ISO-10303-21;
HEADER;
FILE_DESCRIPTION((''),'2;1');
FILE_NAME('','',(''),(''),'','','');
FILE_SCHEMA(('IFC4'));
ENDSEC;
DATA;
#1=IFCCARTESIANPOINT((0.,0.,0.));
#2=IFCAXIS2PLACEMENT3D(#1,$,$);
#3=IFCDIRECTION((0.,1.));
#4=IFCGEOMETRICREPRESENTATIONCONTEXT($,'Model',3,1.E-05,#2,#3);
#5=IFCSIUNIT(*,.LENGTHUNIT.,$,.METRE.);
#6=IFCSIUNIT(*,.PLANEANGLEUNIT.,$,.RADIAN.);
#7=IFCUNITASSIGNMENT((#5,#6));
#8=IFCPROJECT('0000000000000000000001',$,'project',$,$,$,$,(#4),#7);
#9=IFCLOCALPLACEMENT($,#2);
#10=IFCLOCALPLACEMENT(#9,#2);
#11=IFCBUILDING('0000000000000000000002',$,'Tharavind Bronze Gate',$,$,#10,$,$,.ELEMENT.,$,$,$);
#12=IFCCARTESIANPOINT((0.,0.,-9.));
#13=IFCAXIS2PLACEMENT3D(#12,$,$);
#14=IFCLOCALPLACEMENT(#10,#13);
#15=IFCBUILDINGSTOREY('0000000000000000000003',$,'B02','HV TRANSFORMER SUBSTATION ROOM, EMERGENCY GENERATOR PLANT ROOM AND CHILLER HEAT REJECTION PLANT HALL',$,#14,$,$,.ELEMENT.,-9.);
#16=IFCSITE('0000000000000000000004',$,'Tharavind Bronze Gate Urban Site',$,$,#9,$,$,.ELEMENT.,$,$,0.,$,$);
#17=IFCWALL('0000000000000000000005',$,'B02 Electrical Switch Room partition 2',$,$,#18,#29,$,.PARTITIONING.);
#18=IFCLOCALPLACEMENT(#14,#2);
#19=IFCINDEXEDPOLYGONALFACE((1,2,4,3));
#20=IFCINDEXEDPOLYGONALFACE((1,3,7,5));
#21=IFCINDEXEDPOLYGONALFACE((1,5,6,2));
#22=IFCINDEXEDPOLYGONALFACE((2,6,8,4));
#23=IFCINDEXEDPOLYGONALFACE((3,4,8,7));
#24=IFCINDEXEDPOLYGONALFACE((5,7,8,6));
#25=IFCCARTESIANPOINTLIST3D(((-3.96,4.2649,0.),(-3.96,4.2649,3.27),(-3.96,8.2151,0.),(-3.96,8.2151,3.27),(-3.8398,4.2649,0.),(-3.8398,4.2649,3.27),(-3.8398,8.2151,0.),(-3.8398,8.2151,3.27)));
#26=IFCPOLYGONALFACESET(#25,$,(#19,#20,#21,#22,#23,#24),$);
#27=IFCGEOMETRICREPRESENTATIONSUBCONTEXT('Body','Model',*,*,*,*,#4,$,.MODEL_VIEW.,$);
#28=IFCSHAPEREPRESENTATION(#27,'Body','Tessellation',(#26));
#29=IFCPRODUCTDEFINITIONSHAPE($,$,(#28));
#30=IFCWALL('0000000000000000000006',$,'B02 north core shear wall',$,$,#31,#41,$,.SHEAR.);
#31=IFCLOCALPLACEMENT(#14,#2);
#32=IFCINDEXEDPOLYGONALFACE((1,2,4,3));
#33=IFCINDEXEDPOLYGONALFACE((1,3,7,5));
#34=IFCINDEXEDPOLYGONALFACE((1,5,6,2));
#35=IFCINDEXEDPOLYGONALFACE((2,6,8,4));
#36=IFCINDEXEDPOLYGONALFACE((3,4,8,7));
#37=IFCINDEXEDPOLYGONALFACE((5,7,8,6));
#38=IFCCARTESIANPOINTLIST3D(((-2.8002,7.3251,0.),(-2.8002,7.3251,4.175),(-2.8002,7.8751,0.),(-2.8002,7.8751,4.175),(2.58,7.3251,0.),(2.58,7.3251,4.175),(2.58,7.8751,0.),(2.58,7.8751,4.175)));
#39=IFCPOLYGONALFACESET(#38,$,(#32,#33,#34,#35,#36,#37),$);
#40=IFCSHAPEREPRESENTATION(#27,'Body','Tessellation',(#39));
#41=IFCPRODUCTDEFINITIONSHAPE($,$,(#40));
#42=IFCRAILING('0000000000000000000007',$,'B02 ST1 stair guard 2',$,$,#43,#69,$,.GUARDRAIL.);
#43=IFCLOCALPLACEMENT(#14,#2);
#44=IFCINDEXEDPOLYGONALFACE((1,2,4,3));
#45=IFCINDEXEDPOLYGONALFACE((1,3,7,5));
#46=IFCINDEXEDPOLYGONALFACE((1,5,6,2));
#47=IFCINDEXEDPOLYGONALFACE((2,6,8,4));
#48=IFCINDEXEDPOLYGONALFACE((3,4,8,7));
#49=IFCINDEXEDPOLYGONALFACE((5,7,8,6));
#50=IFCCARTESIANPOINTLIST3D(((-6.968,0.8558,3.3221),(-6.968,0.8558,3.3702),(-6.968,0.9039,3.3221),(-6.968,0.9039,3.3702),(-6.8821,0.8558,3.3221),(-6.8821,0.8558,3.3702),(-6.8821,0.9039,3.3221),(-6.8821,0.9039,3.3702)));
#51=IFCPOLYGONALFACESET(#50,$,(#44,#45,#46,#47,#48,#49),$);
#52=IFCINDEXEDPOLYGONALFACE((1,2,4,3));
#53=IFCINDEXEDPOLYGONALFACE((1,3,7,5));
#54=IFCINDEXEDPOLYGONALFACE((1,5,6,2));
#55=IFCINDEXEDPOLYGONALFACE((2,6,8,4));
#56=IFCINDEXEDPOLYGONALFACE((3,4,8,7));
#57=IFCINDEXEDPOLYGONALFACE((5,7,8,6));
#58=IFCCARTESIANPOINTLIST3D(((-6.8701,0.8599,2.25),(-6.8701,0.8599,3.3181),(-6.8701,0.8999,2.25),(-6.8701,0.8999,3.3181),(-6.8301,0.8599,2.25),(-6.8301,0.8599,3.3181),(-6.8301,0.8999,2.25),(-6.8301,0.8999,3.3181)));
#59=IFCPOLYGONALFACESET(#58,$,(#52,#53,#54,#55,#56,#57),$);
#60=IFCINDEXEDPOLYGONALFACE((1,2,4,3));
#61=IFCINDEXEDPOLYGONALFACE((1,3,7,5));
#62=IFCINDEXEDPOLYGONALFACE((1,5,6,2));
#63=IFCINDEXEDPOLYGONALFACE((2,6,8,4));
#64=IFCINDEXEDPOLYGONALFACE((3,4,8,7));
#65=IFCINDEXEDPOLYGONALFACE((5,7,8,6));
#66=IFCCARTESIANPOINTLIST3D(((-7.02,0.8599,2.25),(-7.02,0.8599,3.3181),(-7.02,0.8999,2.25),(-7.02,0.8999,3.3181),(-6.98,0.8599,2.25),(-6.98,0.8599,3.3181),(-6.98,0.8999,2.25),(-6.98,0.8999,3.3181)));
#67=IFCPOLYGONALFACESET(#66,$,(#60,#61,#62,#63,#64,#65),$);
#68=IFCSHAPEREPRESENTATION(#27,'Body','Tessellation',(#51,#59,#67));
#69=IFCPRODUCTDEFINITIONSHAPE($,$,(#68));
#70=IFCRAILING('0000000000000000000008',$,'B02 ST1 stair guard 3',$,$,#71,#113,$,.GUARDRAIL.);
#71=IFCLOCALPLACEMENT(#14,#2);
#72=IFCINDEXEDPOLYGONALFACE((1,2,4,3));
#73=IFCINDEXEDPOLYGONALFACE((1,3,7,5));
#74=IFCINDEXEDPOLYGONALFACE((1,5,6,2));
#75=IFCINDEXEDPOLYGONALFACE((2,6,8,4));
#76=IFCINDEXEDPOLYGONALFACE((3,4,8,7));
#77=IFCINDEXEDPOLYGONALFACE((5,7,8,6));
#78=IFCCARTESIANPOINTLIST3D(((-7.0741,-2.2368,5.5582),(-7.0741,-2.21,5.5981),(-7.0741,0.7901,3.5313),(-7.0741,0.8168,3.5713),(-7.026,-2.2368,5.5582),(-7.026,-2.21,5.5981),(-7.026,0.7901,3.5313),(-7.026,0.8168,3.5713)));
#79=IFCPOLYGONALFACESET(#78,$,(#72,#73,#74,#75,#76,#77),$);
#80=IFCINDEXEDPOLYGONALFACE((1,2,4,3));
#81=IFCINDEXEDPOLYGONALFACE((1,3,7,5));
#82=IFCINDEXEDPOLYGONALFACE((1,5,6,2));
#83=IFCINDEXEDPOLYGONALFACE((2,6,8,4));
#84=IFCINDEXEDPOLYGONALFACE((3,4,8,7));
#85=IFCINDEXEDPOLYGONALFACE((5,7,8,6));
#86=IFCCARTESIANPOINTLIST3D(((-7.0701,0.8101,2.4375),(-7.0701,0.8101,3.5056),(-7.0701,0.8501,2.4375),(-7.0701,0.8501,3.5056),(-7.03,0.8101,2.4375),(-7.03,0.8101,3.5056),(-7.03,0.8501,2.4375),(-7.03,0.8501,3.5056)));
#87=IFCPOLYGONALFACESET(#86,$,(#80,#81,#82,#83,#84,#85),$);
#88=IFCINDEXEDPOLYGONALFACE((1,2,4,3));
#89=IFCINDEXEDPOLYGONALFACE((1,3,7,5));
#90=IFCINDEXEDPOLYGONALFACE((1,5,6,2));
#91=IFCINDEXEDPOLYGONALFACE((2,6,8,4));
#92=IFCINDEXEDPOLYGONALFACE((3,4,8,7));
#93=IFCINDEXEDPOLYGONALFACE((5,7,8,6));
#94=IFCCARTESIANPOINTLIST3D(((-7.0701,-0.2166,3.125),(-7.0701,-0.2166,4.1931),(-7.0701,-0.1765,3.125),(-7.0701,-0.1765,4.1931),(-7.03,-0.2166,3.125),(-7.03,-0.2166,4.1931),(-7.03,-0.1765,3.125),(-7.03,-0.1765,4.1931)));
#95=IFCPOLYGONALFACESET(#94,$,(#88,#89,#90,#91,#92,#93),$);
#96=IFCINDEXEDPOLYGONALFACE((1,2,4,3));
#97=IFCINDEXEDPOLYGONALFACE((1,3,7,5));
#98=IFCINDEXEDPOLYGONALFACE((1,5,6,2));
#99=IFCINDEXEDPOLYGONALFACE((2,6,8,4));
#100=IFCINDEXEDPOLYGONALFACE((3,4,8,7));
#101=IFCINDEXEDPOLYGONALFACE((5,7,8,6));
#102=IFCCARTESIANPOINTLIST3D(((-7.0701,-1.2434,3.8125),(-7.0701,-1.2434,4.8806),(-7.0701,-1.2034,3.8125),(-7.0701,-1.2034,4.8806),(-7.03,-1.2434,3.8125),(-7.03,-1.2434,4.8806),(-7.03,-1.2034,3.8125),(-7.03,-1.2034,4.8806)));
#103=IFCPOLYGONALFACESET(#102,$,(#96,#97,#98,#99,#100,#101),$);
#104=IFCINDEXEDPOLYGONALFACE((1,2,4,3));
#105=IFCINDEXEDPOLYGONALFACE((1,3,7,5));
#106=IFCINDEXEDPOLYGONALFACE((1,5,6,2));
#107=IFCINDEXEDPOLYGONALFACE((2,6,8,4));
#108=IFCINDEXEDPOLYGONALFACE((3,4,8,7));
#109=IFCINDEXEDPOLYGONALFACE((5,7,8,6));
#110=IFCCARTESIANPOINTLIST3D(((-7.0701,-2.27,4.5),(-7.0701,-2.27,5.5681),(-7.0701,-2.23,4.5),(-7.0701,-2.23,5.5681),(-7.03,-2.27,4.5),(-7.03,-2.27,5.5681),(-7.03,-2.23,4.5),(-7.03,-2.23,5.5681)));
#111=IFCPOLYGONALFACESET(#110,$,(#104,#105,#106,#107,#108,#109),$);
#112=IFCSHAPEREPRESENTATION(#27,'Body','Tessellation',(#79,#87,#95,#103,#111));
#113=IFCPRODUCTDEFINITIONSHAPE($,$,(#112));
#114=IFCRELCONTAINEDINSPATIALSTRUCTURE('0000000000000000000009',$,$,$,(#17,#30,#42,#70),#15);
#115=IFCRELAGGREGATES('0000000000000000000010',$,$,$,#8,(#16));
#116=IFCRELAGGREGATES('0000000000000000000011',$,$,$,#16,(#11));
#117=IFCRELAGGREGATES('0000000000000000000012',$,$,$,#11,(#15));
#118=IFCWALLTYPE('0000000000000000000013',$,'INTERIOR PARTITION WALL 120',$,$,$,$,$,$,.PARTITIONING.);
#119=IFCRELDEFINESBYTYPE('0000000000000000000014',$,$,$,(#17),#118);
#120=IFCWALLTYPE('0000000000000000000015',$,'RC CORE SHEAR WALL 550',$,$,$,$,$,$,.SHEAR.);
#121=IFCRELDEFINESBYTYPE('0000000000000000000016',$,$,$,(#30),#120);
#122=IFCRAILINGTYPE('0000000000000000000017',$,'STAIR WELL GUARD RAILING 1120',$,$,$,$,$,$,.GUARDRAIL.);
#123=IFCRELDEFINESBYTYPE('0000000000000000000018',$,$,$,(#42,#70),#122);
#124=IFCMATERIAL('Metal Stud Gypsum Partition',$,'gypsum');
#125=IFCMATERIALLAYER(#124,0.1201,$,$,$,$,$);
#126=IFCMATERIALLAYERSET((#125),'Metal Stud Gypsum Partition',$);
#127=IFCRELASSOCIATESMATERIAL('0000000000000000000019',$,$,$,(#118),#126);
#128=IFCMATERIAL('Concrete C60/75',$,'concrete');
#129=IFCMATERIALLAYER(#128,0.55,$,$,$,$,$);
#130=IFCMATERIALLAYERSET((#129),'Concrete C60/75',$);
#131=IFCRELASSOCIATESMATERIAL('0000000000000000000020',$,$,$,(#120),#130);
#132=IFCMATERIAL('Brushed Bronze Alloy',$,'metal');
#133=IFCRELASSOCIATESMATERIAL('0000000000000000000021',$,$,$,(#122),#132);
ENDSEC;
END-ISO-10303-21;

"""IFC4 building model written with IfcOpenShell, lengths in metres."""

from ifc_helpers import new_model, si_unit, direction, frame, frame_2d, origin, origin_2d, place, context, subcontext, project, spatial, rectangle, extrude, material, layer, layer_set, type_object, element, save


model = new_model("IFC4")

# Units and contexts
model_context = context("Model", 3, precision=1e-05, world=origin(), true_north=direction((0.0, 1.0)))
body_context = subcontext(model_context, "Body", "Model", "MODEL_VIEW")
ifc_project = project(units=[si_unit("LENGTHUNIT", "METRE"), si_unit("PLANEANGLEUNIT", "RADIAN")], contexts=[model_context])

# Site, building, storey
site_placement = place(None, origin())
site = spatial("IfcSite", under=ifc_project, at=site_placement, Name="Tharavind Bronze Gate Urban Site", CompositionType="ELEMENT", RefElevation=0.0)
building_placement = place(site_placement, origin())
building = spatial("IfcBuilding", under=site, at=building_placement, Name="Tharavind Bronze Gate", CompositionType="ELEMENT")
storey_placement = place(building_placement, frame((0.0, 0.0, -9.0)))
storey = spatial("IfcBuildingStorey", under=building, at=storey_placement, Name="B02", Description="HV TRANSFORMER SUBSTATION ROOM, EMERGENCY GENERATOR PLANT ROOM AND CHILLER HEAT REJECTION PLANT HALL", CompositionType="ELEMENT", Elevation=-9.0)

# Walls
ifc_material_1 = material(Name="Metal Stud Gypsum Partition", Category="gypsum")
ifc_layer_1 = layer(ifc_material_1, 0.1201)
ifc_layer_set_1 = layer_set([ifc_layer_1], Name="Metal Stud Gypsum Partition")
wall_type_1 = type_object("IfcWallType", Name="INTERIOR PARTITION WALL 120", PredefinedType="PARTITIONING", material=ifc_layer_set_1)
wall_1_placement = place(storey_placement, frame((-3.8999, 4.2649, 0.0), z_axis=(0.0, 0.0, 1.0), x_axis=(0.0, 1.0, 0.0)))
element("IfcWall", 1, at=wall_1_placement, inside=storey, type_object=wall_type_1, Name="B02 Electrical Switch Room partition 2", PredefinedType="PARTITIONING", context=body_context, shape_type="SweptSolid", body=[
    extrude(rectangle(XDim=3.9502, YDim=0.1201, at=frame_2d((1.9751, 0.0))), origin(), (0.0, 0.0, 1.0), 3.27),
])
ifc_material_2 = material(Name="Concrete C60/75", Category="concrete")
ifc_layer_2 = layer(ifc_material_2, 0.55)
ifc_layer_set_2 = layer_set([ifc_layer_2], Name="Concrete C60/75")
wall_type_2 = type_object("IfcWallType", Name="RC CORE SHEAR WALL 550", PredefinedType="SHEAR", material=ifc_layer_set_2)
wall_2_placement = place(storey_placement, frame((-2.8, 7.6001, 0.0), z_axis=(0.0, 0.0, 1.0), x_axis=(1.0, 0.0, 0.0)))
element("IfcWall", 2, at=wall_2_placement, inside=storey, type_object=wall_type_2, Name="B02 north core shear wall", PredefinedType="SHEAR", context=body_context, shape_type="SweptSolid", body=[
    extrude(rectangle(XDim=5.3801, YDim=0.55, at=frame_2d((2.6899, 0.0))), origin(), (0.0, 0.0, 1.0), 4.175),
])

# Railings
ifc_material_3 = material(Name="Brushed Bronze Alloy", Category="metal")
railing_type = type_object("IfcRailingType", Name="STAIR WELL GUARD RAILING 1120", PredefinedType="GUARDRAIL", material=ifc_material_3)
railing_1_placement = place(storey_placement, frame((-6.8501, 0.8799, 2.25)))
element("IfcRailing", 3, at=railing_1_placement, inside=storey, type_object=railing_type, Name="B02 ST1 stair guard 2", PredefinedType="GUARDRAIL", context=body_context, shape_type="SweptSolid", body=[
    extrude(rectangle(XDim=0.0481, YDim=0.0481, at=origin_2d()), frame((-0.032, 0.0, 1.0962), z_axis=(-1.0, 0.0, 0.0), x_axis=(0.0, -1.0, 0.0)), (0.0, 0.0, 1.0), 0.0859),
    extrude(rectangle(XDim=0.04, YDim=0.04, at=origin_2d()), origin(), (0.0, 0.0, 1.0), 1.0681),
    extrude(rectangle(XDim=0.04, YDim=0.04, at=origin_2d()), frame((-0.1499, 0.0, 0.0)), (0.0, 0.0, 1.0), 1.0681),
])
railing_2_placement = place(storey_placement, frame((-7.05, 0.8301, 2.4375)))
element("IfcRailing", 4, at=railing_2_placement, inside=storey, type_object=railing_type, Name="B02 ST1 stair guard 3", PredefinedType="GUARDRAIL", context=body_context, shape_type="SweptSolid", body=[
    extrude(rectangle(XDim=0.0481, YDim=0.0481, at=origin_2d()), frame((0.0, -0.0266, 1.1138), z_axis=(0.0, -0.830914, 0.556401), x_axis=(1.0, 0.0, 0.0)), (0.0, 0.0, 1.0), 3.6428),
    extrude(rectangle(XDim=0.04, YDim=0.04, at=origin_2d()), origin(), (0.0, 0.0, 1.0), 1.0681),
    extrude(rectangle(XDim=0.04, YDim=0.04, at=origin_2d()), frame((0.0, -1.0266, 0.6875)), (0.0, 0.0, 1.0), 1.0681),
    extrude(rectangle(XDim=0.04, YDim=0.04, at=origin_2d()), frame((0.0, -2.0535, 1.375)), (0.0, 0.0, 1.0), 1.0681),
    extrude(rectangle(XDim=0.04, YDim=0.04, at=origin_2d()), frame((0.0, -3.0801, 2.0625)), (0.0, 0.0, 1.0), 1.0681),
])

save(model, "model.ifc")
